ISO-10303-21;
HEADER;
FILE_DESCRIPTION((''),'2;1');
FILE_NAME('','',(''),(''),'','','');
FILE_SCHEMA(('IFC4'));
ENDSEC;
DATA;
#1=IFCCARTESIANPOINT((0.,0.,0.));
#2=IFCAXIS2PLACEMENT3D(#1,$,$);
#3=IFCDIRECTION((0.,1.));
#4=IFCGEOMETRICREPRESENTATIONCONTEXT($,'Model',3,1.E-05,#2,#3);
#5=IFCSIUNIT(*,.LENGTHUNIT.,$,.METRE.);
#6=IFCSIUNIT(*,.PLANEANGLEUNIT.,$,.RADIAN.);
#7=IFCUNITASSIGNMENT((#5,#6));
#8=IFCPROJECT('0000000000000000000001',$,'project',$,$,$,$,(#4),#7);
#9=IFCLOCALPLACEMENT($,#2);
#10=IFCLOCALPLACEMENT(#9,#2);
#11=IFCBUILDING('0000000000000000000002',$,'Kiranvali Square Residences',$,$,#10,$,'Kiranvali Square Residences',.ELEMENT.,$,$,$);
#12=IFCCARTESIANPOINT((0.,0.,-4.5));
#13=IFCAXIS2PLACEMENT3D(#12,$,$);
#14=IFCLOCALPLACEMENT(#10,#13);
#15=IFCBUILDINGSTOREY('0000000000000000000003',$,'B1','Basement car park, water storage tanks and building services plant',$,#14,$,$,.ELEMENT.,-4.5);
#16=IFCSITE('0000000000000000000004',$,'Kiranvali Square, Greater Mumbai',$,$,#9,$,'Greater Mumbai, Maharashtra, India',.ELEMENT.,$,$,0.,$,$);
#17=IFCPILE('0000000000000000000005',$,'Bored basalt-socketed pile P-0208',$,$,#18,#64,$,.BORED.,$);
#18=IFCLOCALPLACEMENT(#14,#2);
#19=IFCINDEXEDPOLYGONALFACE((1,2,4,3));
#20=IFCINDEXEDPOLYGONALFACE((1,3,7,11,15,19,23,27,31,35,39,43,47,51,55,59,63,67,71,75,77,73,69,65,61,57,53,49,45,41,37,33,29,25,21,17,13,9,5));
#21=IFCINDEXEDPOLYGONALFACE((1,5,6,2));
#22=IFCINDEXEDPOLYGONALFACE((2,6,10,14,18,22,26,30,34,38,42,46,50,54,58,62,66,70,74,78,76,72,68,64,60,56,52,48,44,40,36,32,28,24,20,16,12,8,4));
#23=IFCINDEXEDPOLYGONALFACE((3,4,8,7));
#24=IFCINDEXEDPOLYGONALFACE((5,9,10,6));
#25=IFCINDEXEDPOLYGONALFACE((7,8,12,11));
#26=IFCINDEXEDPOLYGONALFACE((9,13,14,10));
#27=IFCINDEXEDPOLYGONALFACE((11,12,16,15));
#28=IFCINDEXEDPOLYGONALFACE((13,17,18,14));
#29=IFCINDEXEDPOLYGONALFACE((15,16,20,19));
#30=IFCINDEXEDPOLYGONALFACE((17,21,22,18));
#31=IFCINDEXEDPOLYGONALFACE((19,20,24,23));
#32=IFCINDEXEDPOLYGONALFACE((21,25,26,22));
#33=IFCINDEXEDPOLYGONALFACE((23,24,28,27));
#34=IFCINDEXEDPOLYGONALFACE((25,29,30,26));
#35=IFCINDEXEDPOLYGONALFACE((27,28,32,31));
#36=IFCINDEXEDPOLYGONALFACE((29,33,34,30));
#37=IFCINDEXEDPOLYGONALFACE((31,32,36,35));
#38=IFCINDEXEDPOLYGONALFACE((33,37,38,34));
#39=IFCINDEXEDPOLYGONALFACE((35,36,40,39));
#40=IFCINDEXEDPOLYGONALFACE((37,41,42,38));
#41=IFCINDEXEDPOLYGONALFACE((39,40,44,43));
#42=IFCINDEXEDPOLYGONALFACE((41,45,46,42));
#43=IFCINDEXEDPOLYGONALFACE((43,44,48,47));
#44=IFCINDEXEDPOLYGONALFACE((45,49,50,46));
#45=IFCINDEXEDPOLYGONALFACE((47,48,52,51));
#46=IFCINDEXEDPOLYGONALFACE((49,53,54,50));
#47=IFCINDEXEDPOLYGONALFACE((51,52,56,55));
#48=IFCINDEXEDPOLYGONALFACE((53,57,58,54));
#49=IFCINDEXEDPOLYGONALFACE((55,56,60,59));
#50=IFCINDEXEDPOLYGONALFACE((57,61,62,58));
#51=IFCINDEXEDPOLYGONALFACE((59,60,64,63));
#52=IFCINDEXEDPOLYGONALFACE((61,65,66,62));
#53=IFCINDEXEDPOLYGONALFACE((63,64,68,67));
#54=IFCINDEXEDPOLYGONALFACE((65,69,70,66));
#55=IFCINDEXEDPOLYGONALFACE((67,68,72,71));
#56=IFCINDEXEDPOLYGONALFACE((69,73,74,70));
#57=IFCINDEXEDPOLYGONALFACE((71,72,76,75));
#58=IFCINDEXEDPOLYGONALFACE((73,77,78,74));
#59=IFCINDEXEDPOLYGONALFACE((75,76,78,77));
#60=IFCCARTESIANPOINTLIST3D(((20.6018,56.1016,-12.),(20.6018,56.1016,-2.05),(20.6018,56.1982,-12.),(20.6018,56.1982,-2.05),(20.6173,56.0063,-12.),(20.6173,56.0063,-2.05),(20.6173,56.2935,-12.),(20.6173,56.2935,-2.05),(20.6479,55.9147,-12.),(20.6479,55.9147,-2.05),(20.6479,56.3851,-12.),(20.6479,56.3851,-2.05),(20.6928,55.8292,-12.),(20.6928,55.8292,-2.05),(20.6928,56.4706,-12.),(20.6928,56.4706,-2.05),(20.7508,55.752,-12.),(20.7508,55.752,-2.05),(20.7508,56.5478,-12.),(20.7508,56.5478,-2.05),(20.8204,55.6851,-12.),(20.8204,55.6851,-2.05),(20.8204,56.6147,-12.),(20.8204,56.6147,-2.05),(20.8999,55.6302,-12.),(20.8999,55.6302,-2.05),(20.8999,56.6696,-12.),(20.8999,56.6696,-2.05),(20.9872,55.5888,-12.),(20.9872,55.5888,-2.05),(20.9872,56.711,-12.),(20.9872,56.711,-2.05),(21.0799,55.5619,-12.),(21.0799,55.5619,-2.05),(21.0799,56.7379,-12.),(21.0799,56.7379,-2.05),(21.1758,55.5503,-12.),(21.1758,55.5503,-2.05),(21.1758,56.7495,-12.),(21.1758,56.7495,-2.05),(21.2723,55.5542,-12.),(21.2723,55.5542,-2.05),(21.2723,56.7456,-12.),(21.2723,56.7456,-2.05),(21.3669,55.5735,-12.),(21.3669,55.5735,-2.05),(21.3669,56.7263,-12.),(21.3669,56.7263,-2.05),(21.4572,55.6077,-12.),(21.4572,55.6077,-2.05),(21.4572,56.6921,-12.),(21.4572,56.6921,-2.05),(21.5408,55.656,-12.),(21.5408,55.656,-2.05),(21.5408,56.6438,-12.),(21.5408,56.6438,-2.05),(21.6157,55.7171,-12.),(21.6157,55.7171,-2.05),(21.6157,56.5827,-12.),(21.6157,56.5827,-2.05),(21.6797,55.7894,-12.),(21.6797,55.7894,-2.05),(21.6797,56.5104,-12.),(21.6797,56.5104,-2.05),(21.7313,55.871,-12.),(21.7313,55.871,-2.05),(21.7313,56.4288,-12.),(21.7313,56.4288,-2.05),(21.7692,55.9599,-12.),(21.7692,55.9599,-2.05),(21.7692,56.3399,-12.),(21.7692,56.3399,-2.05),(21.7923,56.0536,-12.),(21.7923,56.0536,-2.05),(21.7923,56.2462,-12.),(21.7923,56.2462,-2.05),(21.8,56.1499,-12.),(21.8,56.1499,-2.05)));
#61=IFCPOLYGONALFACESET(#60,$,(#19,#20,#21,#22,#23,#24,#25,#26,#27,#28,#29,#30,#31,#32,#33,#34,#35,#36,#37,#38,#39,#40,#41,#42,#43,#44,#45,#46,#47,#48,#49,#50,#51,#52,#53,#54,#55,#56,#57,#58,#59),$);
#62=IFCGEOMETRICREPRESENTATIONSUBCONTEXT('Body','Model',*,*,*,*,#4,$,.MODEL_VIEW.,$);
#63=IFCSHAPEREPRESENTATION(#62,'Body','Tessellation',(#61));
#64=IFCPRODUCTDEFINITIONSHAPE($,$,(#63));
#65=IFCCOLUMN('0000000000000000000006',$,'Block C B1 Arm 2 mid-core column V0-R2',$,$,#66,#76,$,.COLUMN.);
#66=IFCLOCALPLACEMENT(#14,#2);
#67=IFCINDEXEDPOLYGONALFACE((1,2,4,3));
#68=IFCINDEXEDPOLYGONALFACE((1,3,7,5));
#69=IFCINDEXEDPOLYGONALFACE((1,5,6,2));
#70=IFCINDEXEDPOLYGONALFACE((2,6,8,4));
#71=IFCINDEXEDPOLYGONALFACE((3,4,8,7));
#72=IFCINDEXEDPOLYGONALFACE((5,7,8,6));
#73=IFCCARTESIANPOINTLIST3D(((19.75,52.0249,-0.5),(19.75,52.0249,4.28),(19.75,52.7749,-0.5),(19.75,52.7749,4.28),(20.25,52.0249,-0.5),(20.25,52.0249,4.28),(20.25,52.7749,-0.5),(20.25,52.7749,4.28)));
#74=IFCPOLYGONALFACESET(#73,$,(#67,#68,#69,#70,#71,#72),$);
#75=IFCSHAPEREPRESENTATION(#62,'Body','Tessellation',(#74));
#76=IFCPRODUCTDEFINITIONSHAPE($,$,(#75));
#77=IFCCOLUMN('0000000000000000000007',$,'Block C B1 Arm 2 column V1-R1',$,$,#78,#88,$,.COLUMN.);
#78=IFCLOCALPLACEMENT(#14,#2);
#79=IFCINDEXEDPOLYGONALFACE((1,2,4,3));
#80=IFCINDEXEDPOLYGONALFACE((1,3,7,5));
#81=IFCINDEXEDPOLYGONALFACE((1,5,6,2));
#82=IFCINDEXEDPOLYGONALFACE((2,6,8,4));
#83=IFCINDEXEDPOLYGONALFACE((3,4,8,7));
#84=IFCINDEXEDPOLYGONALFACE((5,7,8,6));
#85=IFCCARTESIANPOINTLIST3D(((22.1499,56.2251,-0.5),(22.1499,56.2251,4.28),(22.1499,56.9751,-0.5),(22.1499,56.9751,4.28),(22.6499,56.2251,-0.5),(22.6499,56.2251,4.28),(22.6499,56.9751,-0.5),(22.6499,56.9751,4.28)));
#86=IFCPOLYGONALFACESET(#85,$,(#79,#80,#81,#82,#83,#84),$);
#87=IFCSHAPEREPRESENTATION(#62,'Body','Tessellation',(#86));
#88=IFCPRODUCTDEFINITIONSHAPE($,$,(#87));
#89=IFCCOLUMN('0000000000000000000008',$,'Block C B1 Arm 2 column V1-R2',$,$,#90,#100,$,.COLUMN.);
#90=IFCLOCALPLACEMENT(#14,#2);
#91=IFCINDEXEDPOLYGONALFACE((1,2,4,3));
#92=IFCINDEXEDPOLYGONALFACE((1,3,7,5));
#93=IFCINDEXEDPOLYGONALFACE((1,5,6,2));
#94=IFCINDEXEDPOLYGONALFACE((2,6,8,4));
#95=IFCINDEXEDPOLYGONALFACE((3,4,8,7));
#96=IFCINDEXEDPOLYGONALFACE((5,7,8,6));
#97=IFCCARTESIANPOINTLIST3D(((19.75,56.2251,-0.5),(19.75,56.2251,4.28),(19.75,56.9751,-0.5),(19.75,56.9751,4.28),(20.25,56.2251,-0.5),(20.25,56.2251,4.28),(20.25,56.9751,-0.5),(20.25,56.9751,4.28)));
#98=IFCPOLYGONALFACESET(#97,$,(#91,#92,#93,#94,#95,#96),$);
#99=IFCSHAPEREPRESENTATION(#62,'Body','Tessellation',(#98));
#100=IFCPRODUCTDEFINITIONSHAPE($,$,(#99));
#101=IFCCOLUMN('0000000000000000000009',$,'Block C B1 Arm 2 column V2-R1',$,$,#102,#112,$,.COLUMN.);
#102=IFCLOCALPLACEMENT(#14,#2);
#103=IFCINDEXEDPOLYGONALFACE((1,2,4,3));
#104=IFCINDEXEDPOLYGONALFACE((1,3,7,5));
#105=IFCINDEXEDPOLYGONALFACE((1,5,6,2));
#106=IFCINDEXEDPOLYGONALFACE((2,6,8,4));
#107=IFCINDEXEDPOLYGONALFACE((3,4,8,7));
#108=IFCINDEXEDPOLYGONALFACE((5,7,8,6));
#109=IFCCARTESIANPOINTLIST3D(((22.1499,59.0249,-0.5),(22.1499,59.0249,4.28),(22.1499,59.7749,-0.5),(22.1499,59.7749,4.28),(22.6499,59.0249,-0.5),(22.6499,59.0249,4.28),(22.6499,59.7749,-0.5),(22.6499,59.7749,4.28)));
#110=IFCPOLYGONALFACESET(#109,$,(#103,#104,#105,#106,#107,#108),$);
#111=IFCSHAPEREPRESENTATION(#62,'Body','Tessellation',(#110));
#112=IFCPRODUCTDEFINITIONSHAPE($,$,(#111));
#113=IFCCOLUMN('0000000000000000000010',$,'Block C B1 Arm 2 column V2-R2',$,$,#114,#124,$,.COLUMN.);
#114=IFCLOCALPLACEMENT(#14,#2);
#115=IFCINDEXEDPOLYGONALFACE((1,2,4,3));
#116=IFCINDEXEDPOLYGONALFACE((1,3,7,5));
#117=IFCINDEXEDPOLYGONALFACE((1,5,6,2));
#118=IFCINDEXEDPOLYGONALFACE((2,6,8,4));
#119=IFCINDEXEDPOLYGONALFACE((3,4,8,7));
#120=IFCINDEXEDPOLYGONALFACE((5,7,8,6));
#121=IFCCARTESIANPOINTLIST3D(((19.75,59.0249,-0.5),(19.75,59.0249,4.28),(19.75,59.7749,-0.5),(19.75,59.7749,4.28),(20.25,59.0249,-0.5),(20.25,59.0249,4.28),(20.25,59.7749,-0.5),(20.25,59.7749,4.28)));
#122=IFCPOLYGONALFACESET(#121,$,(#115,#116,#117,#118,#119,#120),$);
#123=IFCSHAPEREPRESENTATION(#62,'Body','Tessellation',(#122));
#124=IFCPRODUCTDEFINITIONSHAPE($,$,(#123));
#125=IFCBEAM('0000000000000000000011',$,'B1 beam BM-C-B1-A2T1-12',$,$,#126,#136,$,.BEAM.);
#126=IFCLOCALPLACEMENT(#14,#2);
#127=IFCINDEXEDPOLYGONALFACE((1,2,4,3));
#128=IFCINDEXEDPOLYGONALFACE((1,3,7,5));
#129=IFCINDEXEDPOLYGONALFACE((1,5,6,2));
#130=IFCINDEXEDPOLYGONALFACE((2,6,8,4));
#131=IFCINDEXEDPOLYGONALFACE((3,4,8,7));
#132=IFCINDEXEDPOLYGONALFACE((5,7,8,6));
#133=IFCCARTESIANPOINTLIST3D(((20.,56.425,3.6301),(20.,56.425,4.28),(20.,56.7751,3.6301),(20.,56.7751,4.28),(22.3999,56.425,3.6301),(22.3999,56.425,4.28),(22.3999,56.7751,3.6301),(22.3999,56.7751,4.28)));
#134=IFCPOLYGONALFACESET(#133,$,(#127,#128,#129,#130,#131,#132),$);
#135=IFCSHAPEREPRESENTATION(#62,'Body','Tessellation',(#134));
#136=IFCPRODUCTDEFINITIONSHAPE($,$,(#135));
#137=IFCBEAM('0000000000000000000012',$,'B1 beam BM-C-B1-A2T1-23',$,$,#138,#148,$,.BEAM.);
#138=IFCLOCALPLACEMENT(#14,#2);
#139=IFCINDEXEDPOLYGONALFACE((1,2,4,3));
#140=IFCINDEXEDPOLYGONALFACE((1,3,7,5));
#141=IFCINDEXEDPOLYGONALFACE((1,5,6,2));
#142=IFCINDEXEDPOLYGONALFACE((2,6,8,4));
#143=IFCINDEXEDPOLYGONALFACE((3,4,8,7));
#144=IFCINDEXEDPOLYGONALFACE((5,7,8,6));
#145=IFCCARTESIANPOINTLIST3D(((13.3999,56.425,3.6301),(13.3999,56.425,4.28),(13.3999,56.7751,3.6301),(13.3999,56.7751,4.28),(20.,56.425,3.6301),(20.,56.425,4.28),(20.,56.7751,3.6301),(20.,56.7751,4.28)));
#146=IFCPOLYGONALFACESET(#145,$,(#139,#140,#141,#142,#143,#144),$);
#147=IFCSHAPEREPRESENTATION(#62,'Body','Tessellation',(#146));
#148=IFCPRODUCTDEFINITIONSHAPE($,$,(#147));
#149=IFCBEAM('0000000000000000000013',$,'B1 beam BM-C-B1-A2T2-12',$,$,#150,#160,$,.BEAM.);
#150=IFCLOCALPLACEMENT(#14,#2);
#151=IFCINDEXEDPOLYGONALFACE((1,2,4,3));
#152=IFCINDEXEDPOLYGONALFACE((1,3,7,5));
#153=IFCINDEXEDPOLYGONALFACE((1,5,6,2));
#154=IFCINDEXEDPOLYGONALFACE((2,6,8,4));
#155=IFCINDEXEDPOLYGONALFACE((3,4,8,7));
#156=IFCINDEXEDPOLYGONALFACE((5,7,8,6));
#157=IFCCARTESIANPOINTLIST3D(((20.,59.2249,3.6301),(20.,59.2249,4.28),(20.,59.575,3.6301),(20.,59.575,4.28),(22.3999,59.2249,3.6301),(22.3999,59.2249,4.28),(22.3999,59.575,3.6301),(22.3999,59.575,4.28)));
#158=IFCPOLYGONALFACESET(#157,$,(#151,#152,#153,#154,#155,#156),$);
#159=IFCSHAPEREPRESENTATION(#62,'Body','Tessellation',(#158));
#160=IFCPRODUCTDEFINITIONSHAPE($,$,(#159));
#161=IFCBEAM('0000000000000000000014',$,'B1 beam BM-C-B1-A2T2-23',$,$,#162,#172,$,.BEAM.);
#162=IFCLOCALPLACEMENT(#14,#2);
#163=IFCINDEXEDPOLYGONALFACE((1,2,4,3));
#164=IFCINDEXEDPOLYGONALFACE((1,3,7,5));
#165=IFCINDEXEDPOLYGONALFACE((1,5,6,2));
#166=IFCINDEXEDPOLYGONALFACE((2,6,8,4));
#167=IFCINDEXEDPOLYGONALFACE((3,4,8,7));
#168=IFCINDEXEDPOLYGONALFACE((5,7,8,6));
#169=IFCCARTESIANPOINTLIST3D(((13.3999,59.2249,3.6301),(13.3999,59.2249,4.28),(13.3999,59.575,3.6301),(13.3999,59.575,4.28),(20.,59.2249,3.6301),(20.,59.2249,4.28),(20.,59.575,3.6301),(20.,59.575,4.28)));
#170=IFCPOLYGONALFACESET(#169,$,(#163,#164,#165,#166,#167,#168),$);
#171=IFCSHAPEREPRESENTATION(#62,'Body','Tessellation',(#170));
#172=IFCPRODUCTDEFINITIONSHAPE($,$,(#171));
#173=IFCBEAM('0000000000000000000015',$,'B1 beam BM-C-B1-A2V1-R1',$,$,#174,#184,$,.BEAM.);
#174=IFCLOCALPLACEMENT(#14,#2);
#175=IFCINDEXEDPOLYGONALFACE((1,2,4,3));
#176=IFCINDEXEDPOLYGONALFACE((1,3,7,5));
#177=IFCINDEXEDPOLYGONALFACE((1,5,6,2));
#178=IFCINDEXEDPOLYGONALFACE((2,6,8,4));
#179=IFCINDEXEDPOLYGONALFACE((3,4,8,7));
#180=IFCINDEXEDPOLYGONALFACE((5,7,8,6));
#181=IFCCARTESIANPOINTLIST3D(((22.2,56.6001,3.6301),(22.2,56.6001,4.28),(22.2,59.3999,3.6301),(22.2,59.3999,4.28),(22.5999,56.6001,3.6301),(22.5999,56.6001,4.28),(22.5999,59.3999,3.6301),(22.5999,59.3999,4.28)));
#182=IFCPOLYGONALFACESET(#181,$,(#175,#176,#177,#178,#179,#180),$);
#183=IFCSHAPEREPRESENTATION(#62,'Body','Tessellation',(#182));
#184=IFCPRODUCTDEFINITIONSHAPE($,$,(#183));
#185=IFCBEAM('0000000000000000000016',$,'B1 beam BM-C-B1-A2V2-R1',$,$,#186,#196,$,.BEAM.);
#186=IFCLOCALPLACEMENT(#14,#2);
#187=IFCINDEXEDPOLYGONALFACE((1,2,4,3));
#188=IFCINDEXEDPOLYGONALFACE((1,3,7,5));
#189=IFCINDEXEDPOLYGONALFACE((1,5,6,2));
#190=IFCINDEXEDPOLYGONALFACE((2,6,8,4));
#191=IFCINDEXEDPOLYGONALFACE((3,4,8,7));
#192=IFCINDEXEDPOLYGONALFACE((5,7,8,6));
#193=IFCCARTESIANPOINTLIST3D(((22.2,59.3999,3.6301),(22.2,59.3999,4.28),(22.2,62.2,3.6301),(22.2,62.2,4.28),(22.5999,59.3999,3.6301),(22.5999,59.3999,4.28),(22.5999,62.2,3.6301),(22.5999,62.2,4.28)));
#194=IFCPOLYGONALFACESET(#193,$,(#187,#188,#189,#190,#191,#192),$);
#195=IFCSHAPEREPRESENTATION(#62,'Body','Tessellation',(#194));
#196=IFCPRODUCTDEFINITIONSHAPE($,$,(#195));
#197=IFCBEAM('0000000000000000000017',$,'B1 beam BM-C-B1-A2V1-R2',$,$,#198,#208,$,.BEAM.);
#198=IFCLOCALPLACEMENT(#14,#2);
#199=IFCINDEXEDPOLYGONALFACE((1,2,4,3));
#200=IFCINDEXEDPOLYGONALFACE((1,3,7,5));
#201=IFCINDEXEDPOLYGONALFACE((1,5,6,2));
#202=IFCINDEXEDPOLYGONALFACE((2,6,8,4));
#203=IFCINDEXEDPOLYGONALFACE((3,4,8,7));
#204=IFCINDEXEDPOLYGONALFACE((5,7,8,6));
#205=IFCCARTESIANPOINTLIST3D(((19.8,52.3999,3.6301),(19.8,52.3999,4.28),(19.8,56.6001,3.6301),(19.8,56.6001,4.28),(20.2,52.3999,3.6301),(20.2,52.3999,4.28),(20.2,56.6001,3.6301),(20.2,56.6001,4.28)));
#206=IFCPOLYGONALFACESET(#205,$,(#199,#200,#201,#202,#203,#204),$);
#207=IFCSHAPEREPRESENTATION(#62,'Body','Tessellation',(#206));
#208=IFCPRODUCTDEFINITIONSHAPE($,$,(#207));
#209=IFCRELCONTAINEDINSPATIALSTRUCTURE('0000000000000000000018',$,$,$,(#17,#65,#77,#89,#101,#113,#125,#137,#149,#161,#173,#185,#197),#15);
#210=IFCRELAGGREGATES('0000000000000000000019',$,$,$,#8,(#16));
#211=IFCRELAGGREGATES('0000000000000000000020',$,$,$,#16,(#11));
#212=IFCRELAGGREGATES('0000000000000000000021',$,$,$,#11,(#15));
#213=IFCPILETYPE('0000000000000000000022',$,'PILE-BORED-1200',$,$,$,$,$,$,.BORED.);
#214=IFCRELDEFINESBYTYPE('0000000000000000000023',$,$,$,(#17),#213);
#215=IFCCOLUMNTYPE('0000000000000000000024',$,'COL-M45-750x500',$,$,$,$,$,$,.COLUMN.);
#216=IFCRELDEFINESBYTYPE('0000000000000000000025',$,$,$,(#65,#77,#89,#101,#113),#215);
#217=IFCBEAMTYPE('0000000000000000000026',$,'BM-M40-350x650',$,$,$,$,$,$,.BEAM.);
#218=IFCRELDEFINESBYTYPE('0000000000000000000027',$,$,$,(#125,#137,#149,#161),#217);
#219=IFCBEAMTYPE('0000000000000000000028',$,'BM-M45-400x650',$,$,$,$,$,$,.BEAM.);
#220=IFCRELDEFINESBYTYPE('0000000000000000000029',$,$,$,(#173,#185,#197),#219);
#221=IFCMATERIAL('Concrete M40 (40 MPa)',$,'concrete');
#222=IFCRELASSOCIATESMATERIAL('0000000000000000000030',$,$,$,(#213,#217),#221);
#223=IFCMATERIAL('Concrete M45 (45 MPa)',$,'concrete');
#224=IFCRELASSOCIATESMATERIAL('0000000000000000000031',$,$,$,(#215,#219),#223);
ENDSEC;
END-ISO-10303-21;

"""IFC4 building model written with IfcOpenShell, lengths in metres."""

from ifc_helpers import new_model, si_unit, direction, frame, origin, origin_2d, place, context, subcontext, project, spatial, rectangle, circle, extrude, material, material_profile, profile_set, type_object, element, save


model = new_model("IFC4")

# Units and contexts
model_context = context("Model", 3, precision=1e-05, world=origin(), true_north=direction((0.0, 1.0)))
body_context = subcontext(model_context, "Body", "Model", "MODEL_VIEW")
ifc_project = project(units=[si_unit("LENGTHUNIT", "METRE"), si_unit("PLANEANGLEUNIT", "RADIAN")], contexts=[model_context])

# Site, building, storey
site_placement = place(None, origin())
site = spatial("IfcSite", under=ifc_project, at=site_placement, Name="Kiranvali Square, Greater Mumbai", LongName="Greater Mumbai, Maharashtra, India", CompositionType="ELEMENT", RefElevation=0.0)
building_placement = place(site_placement, origin())
building = spatial("IfcBuilding", under=site, at=building_placement, Name="Kiranvali Square Residences", LongName="Kiranvali Square Residences", CompositionType="ELEMENT")
storey_placement = place(building_placement, frame((0.0, 0.0, -4.5)))
storey = spatial("IfcBuildingStorey", under=building, at=storey_placement, Name="B1", Description="Basement car park, water storage tanks and building services plant", CompositionType="ELEMENT", Elevation=-4.5)

# Shared definitions
ifc_material_1 = material(Name="Concrete M40 (40 MPa)", Category="concrete")

# Pile
ifc_material_profile_1 = material_profile(ifc_material_1, circle(Radius=0.6001, at=origin_2d()), Name="BORED PILE 1200")
ifc_profile_set_1 = profile_set([ifc_material_profile_1], Name="Concrete M40 (40 MPa)")
pile_type = type_object("IfcPileType", Name="PILE-BORED-1200", PredefinedType="BORED", material=ifc_profile_set_1)
pile_1_placement = place(storey_placement, frame((21.2, 56.1499, -2.05), z_axis=(0.0, 0.0, -1.0), x_axis=(1.0, 0.0, 0.0)))
element("IfcPile", 1, at=pile_1_placement, inside=storey, type_object=pile_type, Name="Bored basalt-socketed pile P-0208", PredefinedType="BORED", context=body_context, shape_type="SweptSolid", body=[
    extrude(circle(Radius=0.6001, at=origin_2d()), origin(), (0.0, 0.0, 1.0), 9.95),
])

# Columns
ifc_material_2 = material(Name="Concrete M45 (45 MPa)", Category="concrete")
ifc_material_profile_2 = material_profile(ifc_material_2, rectangle(XDim=0.5, YDim=0.75, at=origin_2d()), Name="RC 750x500")
ifc_profile_set_2 = profile_set([ifc_material_profile_2], Name="Concrete M45 (45 MPa)")
column_type = type_object("IfcColumnType", Name="COL-M45-750x500", PredefinedType="COLUMN", material=ifc_profile_set_2)
for number, where, z_axis, x_axis, name in (
    (2, (20.0, 52.3999, -0.5), (0.0, 0.0, 1.0), (1.0, 0.0, 0.0), "Block C B1 Arm 2 mid-core column V0-R2"),
    (3, (22.3999, 56.6001, -0.5), (0.0, 0.0, 1.0), (1.0, 0.0, 0.0), "Block C B1 Arm 2 column V1-R1"),
    (4, (20.0, 56.6001, -0.5), (0.0, 0.0, 1.0), (1.0, 0.0, 0.0), "Block C B1 Arm 2 column V1-R2"),
    (5, (22.3999, 59.3999, -0.5), (0.0, 0.0, 1.0), (1.0, 0.0, 0.0), "Block C B1 Arm 2 column V2-R1"),
    (6, (20.0, 59.3999, -0.5), (0.0, 0.0, 1.0), (1.0, 0.0, 0.0), "Block C B1 Arm 2 column V2-R2"),
):
    element("IfcColumn", number, at=place(storey_placement, frame(where, z_axis=z_axis, x_axis=x_axis)), inside=storey, type_object=column_type, Name=name, PredefinedType="COLUMN", context=body_context, shape_type="SweptSolid", body=[
        extrude(rectangle(XDim=0.5, YDim=0.75, at=origin_2d()), origin(), (0.0, 0.0, 1.0), 4.78),
    ])

# Beams
ifc_material_profile_3 = material_profile(ifc_material_1, rectangle(XDim=0.3501, YDim=0.6499, at=origin_2d()), Name="RC 350x650")
ifc_profile_set_3 = profile_set([ifc_material_profile_3], Name="Concrete M40 (40 MPa)")
beam_type_1 = type_object("IfcBeamType", Name="BM-M40-350x650", PredefinedType="BEAM", material=ifc_profile_set_3)
beam_1_placement = place(storey_placement, frame((22.3999, 56.6001, 3.9551), z_axis=(-1.0, 0.0, 0.0), x_axis=(0.0, -1.0, 0.0)))
element("IfcBeam", 7, at=beam_1_placement, inside=storey, type_object=beam_type_1, Name="B1 beam BM-C-B1-A2T1-12", PredefinedType="BEAM", context=body_context, shape_type="SweptSolid", body=[
    extrude(rectangle(XDim=0.3501, YDim=0.6499, at=origin_2d()), origin(), (0.0, 0.0, 1.0), 2.3999),
])
beam_2_placement = place(storey_placement, frame((20.0, 56.6001, 3.9551), z_axis=(-1.0, 0.0, 0.0), x_axis=(0.0, -1.0, 0.0)))
element("IfcBeam", 8, at=beam_2_placement, inside=storey, type_object=beam_type_1, Name="B1 beam BM-C-B1-A2T1-23", PredefinedType="BEAM", context=body_context, shape_type="SweptSolid", body=[
    extrude(rectangle(XDim=0.3501, YDim=0.6499, at=origin_2d()), origin(), (0.0, 0.0, 1.0), 6.6001),
])
beam_3_placement = place(storey_placement, frame((22.3999, 59.3999, 3.9551), z_axis=(-1.0, 0.0, 0.0), x_axis=(0.0, -1.0, 0.0)))
element("IfcBeam", 9, at=beam_3_placement, inside=storey, type_object=beam_type_1, Name="B1 beam BM-C-B1-A2T2-12", PredefinedType="BEAM", context=body_context, shape_type="SweptSolid", body=[
    extrude(rectangle(XDim=0.3501, YDim=0.6499, at=origin_2d()), origin(), (0.0, 0.0, 1.0), 2.3999),
])
beam_4_placement = place(storey_placement, frame((20.0, 59.3999, 3.9551), z_axis=(-1.0, 0.0, 0.0), x_axis=(0.0, -1.0, 0.0)))
element("IfcBeam", 10, at=beam_4_placement, inside=storey, type_object=beam_type_1, Name="B1 beam BM-C-B1-A2T2-23", PredefinedType="BEAM", context=body_context, shape_type="SweptSolid", body=[
    extrude(rectangle(XDim=0.3501, YDim=0.6499, at=origin_2d()), origin(), (0.0, 0.0, 1.0), 6.6001),
])
ifc_material_profile_4 = material_profile(ifc_material_2, rectangle(XDim=0.3999, YDim=0.6499, at=origin_2d()), Name="RC 400x650")
ifc_profile_set_4 = profile_set([ifc_material_profile_4], Name="Concrete M45 (45 MPa)")
beam_type_2 = type_object("IfcBeamType", Name="BM-M45-400x650", PredefinedType="BEAM", material=ifc_profile_set_4)
beam_5_placement = place(storey_placement, frame((22.3999, 56.6001, 3.9551), z_axis=(0.0, 1.0, 0.0), x_axis=(-1.0, 0.0, 0.0)))
element("IfcBeam", 11, at=beam_5_placement, inside=storey, type_object=beam_type_2, Name="B1 beam BM-C-B1-A2V1-R1", PredefinedType="BEAM", context=body_context, shape_type="SweptSolid", body=[
    extrude(rectangle(XDim=0.3999, YDim=0.6499, at=origin_2d()), origin(), (0.0, 0.0, 1.0), 2.7998),
])
beam_6_placement = place(storey_placement, frame((22.3999, 59.3999, 3.9551), z_axis=(0.0, 1.0, 0.0), x_axis=(-1.0, 0.0, 0.0)))
element("IfcBeam", 12, at=beam_6_placement, inside=storey, type_object=beam_type_2, Name="B1 beam BM-C-B1-A2V2-R1", PredefinedType="BEAM", context=body_context, shape_type="SweptSolid", body=[
    extrude(rectangle(XDim=0.3999, YDim=0.6499, at=origin_2d()), origin(), (0.0, 0.0, 1.0), 2.8),
])
beam_7_placement = place(storey_placement, frame((20.0, 52.3999, 3.9551), z_axis=(0.0, 1.0, 0.0), x_axis=(-1.0, 0.0, 0.0)))
element("IfcBeam", 13, at=beam_7_placement, inside=storey, type_object=beam_type_2, Name="B1 beam BM-C-B1-A2V1-R2", PredefinedType="BEAM", context=body_context, shape_type="SweptSolid", body=[
    extrude(rectangle(XDim=0.3999, YDim=0.6499, at=origin_2d()), origin(), (0.0, 0.0, 1.0), 4.2002),
])

save(model, "model.ifc")
